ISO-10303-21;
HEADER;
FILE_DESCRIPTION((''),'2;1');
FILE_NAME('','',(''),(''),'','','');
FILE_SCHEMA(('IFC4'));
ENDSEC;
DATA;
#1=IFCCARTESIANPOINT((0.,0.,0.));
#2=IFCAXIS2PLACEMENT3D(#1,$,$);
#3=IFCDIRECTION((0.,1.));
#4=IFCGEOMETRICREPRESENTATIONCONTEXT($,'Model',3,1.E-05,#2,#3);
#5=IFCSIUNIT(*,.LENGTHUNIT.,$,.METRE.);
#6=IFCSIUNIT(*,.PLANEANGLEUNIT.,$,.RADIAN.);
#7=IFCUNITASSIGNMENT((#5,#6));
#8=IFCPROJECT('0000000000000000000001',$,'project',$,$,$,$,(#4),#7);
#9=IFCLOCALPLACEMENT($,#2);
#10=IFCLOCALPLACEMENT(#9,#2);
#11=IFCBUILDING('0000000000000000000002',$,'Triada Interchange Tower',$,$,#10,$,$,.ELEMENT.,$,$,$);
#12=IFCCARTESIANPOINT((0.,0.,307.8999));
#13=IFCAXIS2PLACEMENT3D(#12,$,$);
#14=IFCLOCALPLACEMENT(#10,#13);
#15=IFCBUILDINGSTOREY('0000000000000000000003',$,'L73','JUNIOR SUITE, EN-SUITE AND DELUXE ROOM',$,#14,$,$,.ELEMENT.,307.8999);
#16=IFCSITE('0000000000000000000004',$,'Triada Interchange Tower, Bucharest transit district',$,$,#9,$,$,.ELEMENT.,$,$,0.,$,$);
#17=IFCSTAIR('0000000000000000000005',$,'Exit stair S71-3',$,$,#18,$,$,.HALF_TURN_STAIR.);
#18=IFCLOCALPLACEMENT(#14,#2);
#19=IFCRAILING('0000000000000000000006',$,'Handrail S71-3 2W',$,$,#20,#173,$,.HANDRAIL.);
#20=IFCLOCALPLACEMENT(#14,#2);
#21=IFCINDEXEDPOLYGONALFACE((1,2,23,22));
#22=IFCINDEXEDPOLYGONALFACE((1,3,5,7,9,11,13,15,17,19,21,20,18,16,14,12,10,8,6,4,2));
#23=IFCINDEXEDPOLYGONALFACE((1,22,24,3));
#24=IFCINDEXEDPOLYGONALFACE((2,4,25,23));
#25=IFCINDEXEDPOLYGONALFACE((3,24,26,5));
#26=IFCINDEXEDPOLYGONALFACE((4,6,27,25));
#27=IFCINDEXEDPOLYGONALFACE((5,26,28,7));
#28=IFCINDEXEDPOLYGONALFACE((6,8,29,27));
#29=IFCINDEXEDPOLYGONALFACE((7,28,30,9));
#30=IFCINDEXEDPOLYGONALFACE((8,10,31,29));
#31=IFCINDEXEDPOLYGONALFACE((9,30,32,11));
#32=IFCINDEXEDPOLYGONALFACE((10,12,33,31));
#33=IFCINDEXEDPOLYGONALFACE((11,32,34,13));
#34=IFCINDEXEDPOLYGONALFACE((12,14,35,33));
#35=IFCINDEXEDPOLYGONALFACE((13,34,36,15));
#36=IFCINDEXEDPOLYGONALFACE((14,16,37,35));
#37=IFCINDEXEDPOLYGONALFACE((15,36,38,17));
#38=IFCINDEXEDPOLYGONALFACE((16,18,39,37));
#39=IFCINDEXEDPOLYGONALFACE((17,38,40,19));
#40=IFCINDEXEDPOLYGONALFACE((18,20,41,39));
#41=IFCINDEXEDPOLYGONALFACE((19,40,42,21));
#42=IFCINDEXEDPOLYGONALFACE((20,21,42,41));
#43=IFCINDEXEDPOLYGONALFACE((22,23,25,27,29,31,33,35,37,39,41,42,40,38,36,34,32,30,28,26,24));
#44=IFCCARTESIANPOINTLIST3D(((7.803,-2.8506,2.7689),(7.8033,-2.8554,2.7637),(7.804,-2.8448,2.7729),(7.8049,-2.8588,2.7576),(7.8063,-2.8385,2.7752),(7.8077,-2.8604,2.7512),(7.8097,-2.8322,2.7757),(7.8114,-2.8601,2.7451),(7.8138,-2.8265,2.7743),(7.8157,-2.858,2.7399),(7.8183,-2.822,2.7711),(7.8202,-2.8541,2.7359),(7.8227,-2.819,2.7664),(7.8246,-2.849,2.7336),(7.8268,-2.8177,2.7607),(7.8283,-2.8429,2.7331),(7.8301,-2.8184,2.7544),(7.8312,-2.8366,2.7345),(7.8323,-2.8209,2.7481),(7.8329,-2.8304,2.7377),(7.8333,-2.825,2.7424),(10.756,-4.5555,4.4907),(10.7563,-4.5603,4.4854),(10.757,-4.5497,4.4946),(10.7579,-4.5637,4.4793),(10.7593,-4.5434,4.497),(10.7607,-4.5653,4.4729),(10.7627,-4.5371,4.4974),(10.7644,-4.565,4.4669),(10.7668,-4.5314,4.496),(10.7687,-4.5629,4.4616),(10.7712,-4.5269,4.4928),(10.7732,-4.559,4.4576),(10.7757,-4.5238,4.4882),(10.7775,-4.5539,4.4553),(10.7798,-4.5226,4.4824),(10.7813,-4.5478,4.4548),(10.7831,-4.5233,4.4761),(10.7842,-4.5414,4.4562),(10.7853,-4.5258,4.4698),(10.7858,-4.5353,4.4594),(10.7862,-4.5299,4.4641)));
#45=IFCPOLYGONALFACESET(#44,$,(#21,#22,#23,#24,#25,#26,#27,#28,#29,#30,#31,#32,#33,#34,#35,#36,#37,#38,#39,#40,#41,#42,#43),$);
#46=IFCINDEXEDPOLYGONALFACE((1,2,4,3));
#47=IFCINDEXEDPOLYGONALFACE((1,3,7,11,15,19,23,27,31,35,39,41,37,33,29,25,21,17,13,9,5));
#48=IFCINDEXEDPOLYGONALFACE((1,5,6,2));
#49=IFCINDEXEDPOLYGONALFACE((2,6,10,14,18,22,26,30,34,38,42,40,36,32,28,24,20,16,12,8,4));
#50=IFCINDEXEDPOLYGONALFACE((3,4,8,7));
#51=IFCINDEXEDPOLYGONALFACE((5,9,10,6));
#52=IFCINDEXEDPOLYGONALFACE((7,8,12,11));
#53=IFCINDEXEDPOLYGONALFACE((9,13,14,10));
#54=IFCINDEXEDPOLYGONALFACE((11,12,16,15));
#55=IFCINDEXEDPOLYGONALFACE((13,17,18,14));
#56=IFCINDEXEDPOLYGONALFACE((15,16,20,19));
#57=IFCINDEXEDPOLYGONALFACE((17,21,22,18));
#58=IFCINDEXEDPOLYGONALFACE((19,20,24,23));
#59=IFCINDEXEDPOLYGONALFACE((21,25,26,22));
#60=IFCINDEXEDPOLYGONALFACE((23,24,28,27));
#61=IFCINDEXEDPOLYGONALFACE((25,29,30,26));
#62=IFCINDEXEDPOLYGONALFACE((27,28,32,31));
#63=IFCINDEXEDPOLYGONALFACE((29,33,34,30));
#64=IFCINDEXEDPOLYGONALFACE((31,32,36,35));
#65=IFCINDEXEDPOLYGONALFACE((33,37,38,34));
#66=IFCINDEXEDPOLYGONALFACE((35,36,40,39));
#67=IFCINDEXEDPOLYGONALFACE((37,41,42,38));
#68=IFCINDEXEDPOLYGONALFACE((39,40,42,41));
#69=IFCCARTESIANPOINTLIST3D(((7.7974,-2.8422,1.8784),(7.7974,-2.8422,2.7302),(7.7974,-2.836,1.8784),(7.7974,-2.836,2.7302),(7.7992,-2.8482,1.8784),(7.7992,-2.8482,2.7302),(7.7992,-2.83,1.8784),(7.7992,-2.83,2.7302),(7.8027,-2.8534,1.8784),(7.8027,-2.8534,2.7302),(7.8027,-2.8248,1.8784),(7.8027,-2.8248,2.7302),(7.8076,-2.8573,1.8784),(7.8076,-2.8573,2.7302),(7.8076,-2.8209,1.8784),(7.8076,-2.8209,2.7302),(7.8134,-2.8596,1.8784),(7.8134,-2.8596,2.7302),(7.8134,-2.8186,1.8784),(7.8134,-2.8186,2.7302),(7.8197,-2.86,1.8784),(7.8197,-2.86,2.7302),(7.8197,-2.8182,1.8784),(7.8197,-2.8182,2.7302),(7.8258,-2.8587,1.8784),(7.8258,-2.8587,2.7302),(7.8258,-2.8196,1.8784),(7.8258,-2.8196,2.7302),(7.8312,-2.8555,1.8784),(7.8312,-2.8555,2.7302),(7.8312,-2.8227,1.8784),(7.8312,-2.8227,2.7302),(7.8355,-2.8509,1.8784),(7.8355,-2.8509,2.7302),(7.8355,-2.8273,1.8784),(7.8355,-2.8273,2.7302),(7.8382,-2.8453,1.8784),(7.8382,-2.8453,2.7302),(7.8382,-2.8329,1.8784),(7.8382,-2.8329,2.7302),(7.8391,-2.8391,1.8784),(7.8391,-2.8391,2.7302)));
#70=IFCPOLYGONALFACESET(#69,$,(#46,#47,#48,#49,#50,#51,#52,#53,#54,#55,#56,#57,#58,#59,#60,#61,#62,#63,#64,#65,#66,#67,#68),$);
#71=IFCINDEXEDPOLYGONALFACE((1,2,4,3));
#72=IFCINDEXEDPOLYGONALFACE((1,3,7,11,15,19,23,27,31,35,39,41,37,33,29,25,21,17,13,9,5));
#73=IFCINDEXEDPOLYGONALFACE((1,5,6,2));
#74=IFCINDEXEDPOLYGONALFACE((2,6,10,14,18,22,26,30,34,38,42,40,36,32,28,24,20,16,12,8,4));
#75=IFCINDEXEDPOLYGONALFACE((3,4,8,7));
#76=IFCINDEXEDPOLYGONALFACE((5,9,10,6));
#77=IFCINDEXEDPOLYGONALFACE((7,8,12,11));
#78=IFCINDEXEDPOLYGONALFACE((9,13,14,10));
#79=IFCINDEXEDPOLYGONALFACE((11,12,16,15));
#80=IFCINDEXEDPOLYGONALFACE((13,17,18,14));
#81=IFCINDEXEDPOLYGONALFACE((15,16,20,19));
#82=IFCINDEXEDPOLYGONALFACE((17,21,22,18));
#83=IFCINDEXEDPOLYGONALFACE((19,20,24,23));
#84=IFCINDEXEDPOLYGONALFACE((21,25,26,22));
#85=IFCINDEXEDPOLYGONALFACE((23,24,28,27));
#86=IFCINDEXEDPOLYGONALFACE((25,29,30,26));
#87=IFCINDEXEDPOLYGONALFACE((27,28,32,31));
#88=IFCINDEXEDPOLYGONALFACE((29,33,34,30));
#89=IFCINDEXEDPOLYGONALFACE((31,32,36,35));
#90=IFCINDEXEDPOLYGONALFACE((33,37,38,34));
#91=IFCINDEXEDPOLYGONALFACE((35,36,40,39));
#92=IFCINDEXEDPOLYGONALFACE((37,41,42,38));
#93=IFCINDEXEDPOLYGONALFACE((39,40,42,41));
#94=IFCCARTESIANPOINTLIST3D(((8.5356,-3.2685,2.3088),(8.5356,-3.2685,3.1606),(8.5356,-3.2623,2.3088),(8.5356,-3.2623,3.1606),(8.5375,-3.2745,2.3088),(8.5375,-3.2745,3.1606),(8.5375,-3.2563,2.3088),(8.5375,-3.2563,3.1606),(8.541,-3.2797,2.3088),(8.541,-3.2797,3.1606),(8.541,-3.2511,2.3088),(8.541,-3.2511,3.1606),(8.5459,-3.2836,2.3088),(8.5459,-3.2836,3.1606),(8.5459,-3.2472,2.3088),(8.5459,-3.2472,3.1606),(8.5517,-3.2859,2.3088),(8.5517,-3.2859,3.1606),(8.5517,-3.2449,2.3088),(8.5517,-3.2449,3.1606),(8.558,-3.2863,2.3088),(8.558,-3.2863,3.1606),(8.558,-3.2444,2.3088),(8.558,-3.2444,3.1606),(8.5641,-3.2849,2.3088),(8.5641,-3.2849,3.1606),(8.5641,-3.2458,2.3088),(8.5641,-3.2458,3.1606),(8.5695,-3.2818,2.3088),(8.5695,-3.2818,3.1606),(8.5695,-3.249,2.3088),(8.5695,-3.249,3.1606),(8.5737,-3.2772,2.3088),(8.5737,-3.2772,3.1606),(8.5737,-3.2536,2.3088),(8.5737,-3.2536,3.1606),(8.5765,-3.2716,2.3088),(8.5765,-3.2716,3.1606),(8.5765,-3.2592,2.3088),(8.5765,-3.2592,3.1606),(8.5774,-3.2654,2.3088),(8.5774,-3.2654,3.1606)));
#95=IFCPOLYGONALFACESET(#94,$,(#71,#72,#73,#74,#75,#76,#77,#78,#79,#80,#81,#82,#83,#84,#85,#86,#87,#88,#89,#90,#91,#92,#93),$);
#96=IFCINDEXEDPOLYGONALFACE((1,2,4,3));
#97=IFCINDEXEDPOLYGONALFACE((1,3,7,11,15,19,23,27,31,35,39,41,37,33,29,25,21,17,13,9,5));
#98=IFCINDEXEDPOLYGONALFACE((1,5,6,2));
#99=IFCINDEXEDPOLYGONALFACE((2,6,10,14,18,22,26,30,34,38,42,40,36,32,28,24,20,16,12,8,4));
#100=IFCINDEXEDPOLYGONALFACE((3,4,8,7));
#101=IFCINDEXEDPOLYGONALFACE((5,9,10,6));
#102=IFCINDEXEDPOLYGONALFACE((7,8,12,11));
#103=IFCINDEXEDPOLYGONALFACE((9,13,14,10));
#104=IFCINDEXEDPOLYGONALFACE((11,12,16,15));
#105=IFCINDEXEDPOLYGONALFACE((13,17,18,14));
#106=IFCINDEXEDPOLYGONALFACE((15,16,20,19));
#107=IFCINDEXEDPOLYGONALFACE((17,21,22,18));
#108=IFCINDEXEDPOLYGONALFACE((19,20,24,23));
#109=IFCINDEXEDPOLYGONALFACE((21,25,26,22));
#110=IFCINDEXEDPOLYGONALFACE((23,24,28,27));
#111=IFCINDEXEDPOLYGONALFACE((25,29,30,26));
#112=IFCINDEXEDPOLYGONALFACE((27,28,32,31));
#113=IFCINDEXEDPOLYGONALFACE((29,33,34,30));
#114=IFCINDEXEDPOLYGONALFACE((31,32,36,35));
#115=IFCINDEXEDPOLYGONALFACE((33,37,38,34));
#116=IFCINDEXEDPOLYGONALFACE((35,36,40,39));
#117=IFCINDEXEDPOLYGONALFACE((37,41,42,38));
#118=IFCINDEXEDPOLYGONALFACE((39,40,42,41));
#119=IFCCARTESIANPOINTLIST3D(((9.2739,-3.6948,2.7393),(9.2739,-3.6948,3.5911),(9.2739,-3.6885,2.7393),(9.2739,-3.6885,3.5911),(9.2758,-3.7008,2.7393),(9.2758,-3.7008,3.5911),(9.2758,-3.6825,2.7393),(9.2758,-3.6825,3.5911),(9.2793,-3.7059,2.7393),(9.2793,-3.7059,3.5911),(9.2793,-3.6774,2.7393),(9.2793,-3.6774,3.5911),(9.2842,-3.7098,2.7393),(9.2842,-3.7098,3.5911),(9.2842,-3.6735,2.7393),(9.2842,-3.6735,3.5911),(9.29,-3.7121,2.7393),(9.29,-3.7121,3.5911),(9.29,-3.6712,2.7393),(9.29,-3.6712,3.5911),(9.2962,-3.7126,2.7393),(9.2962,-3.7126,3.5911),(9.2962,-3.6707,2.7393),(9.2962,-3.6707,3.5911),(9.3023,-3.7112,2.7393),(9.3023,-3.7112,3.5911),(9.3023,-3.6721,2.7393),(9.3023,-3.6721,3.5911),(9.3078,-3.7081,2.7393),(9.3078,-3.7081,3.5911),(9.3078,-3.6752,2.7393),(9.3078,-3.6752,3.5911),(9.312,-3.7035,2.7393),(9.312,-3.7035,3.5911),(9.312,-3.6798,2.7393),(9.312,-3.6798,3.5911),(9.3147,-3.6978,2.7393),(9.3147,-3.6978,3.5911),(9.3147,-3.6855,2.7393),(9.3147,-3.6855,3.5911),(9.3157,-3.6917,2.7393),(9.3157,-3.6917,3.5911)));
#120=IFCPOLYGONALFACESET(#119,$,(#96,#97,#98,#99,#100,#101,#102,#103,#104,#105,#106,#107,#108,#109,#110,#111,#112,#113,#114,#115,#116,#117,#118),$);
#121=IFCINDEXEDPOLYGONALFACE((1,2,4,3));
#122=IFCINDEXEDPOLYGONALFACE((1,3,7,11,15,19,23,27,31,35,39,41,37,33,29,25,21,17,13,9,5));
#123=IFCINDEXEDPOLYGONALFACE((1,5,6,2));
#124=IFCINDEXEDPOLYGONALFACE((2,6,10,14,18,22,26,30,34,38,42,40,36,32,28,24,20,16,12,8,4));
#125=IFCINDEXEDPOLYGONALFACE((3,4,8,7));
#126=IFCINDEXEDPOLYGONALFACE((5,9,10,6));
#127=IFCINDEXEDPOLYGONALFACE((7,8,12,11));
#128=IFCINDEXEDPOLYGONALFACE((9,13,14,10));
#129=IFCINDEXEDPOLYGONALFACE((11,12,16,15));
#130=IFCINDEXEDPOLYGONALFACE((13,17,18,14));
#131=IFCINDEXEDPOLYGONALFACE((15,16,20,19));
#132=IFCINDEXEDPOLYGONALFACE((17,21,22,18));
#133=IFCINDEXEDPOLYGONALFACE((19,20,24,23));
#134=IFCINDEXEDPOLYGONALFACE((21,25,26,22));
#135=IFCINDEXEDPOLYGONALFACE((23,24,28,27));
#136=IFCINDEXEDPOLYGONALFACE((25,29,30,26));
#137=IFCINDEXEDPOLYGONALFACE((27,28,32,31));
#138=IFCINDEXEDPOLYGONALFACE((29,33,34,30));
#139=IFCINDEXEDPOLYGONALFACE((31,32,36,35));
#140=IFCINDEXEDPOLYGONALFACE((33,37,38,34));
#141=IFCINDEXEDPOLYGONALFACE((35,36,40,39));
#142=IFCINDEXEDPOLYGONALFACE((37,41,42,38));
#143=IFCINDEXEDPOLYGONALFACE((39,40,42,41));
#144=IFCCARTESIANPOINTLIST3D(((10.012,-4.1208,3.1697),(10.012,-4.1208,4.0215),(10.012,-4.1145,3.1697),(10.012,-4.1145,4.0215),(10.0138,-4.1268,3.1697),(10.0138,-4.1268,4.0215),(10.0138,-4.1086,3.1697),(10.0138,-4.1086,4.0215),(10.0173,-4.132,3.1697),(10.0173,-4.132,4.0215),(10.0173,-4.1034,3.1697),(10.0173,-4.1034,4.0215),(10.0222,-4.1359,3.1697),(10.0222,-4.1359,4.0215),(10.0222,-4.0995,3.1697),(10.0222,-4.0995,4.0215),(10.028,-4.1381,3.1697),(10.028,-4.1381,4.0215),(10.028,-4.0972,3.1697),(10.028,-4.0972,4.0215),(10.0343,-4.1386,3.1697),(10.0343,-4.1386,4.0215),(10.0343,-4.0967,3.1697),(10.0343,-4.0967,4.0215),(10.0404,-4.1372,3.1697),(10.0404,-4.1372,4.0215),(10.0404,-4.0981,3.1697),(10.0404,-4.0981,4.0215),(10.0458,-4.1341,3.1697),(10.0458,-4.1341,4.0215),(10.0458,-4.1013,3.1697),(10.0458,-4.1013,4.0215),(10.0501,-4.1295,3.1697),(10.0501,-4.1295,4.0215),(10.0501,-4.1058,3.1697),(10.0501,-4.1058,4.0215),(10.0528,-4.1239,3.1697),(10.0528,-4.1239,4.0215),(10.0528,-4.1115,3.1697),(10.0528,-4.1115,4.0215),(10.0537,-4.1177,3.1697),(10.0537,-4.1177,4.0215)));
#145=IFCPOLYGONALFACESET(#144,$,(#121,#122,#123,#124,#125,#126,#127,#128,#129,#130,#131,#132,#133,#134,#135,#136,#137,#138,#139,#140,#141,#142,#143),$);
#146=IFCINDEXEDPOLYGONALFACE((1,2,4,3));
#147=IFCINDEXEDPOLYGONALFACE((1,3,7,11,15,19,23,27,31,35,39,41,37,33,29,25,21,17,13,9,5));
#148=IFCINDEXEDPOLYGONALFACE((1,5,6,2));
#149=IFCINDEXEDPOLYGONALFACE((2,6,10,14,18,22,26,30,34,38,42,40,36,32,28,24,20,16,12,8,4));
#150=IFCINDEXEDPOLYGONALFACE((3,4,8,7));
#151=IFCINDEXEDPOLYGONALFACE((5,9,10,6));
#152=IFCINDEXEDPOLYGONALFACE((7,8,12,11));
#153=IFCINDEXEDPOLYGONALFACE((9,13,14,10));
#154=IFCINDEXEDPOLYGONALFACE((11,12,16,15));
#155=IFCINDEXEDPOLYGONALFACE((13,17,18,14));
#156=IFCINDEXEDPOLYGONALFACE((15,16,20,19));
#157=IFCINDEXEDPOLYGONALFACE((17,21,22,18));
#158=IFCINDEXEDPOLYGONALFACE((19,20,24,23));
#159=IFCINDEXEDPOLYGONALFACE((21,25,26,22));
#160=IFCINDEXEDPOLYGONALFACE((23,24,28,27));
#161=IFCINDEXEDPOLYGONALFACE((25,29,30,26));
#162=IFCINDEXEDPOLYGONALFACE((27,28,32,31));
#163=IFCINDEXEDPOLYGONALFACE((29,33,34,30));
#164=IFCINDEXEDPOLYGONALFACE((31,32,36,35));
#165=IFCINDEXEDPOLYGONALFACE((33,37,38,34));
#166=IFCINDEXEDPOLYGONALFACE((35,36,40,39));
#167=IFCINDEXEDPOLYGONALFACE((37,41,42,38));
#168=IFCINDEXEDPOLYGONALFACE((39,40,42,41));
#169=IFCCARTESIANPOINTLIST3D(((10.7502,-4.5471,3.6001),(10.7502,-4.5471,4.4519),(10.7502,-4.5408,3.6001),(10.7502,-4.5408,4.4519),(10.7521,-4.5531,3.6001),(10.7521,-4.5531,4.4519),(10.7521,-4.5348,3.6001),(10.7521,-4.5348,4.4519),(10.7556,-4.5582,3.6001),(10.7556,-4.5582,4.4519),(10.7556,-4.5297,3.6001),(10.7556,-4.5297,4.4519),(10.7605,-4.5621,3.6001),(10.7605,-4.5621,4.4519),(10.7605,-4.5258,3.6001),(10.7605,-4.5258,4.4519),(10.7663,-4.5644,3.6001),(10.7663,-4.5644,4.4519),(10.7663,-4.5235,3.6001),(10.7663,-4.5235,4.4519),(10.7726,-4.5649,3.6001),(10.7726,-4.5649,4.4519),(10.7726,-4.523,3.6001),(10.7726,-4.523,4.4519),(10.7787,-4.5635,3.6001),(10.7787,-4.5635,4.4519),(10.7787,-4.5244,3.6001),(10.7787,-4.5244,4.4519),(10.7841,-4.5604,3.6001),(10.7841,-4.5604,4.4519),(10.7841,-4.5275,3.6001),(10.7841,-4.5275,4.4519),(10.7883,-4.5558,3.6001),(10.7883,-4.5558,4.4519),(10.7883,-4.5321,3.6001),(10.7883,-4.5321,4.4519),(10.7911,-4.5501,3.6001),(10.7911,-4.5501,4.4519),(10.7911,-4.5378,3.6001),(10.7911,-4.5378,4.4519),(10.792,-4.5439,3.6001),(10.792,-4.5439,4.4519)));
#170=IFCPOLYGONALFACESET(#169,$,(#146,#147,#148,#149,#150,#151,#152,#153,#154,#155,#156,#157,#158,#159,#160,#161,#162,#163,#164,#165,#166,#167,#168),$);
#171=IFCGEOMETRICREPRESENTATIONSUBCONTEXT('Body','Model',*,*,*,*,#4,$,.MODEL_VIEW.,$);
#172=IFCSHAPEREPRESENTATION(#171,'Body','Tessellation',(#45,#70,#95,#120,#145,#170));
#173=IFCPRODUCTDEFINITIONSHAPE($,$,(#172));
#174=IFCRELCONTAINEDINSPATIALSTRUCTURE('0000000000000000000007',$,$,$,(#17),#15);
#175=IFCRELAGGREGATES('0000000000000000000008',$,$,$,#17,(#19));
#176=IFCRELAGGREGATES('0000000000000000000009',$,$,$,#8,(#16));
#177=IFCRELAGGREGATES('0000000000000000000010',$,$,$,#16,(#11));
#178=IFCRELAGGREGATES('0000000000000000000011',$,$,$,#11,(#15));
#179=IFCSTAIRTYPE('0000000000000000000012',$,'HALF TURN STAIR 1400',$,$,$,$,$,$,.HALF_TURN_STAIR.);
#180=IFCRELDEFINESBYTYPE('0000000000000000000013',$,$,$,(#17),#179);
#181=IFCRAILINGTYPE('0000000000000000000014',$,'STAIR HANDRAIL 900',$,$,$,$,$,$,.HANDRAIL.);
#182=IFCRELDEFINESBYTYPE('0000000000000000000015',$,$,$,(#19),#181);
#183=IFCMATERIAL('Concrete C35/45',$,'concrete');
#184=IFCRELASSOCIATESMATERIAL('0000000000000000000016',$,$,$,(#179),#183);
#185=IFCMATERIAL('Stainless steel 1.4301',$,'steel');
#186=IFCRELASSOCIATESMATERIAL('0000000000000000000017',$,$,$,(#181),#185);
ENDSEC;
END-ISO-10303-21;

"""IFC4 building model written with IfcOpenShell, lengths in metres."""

from ifc_helpers import new_model, si_unit, direction, frame, origin, origin_2d, place, context, subcontext, project, spatial, circle, extrude, material, type_object, element, aggregate, save


model = new_model("IFC4")

# Units and contexts
model_context = context("Model", 3, precision=1e-05, world=origin(), true_north=direction((0.0, 1.0)))
body_context = subcontext(model_context, "Body", "Model", "MODEL_VIEW")
ifc_project = project(units=[si_unit("LENGTHUNIT", "METRE"), si_unit("PLANEANGLEUNIT", "RADIAN")], contexts=[model_context])

# Site, building, storey
site_placement = place(None, origin())
site = spatial("IfcSite", under=ifc_project, at=site_placement, Name="Triada Interchange Tower, Bucharest transit district", CompositionType="ELEMENT", RefElevation=0.0)
building_placement = place(site_placement, origin())
building = spatial("IfcBuilding", under=site, at=building_placement, Name="Triada Interchange Tower", CompositionType="ELEMENT")
storey_placement = place(building_placement, frame((0.0, 0.0, 307.8999)))
storey = spatial("IfcBuildingStorey", under=building, at=storey_placement, Name="L73", Description="JUNIOR SUITE, EN-SUITE AND DELUXE ROOM", CompositionType="ELEMENT", Elevation=307.8999)

# Stair, railing
ifc_material_1 = material(Name="Concrete C35/45", Category="concrete")
stair_type = type_object("IfcStairType", Name="HALF TURN STAIR 1400", PredefinedType="HALF_TURN_STAIR", material=ifc_material_1)
stair_placement = place(storey_placement, origin())
stair = element("IfcStair", 1, at=stair_placement, inside=storey, type_object=stair_type, Name="Exit stair S71-3", PredefinedType="HALF_TURN_STAIR")
ifc_material_2 = material(Name="Stainless steel 1.4301", Category="steel")
railing_type = type_object("IfcRailingType", Name="STAIR HANDRAIL 900", PredefinedType="HANDRAIL", material=ifc_material_2)
railing_1_placement = place(storey_placement, frame((7.8181, -2.8391, 1.8784)))
railing_1 = element("IfcRailing", 2, at=railing_1_placement, type_object=railing_type, Name="Handrail S71-3 2W", PredefinedType="HANDRAIL", context=body_context, shape_type="SweptSolid", body=[
    extrude(circle(Radius=0.0239, at=origin_2d()), frame((0.0, 0.0, 0.876), z_axis=(0.773065, -0.446326, 0.450736), x_axis=(0.499997, 0.866027, 0.0)), (0.0, 0.0, 1.0), 3.8198),
    extrude(circle(Radius=0.021, at=origin_2d()), origin(), (0.0, 0.0, 1.0), 0.8518),
    extrude(circle(Radius=0.021, at=origin_2d()), frame((0.7383, -0.4263, 0.4304)), (0.0, 0.0, 1.0), 0.8518),
    extrude(circle(Radius=0.021, at=origin_2d()), frame((1.4766, -0.8525, 0.8608)), (0.0, 0.0, 1.0), 0.8518),
    extrude(circle(Radius=0.021, at=origin_2d()), frame((2.2146, -1.2786, 1.2913)), (0.0, 0.0, 1.0), 0.8518),
    extrude(circle(Radius=0.021, at=origin_2d()), frame((2.9529, -1.7048, 1.7217)), (0.0, 0.0, 1.0), 0.8518),
])
aggregate(stair, [railing_1])

save(model, "model.ifc")
